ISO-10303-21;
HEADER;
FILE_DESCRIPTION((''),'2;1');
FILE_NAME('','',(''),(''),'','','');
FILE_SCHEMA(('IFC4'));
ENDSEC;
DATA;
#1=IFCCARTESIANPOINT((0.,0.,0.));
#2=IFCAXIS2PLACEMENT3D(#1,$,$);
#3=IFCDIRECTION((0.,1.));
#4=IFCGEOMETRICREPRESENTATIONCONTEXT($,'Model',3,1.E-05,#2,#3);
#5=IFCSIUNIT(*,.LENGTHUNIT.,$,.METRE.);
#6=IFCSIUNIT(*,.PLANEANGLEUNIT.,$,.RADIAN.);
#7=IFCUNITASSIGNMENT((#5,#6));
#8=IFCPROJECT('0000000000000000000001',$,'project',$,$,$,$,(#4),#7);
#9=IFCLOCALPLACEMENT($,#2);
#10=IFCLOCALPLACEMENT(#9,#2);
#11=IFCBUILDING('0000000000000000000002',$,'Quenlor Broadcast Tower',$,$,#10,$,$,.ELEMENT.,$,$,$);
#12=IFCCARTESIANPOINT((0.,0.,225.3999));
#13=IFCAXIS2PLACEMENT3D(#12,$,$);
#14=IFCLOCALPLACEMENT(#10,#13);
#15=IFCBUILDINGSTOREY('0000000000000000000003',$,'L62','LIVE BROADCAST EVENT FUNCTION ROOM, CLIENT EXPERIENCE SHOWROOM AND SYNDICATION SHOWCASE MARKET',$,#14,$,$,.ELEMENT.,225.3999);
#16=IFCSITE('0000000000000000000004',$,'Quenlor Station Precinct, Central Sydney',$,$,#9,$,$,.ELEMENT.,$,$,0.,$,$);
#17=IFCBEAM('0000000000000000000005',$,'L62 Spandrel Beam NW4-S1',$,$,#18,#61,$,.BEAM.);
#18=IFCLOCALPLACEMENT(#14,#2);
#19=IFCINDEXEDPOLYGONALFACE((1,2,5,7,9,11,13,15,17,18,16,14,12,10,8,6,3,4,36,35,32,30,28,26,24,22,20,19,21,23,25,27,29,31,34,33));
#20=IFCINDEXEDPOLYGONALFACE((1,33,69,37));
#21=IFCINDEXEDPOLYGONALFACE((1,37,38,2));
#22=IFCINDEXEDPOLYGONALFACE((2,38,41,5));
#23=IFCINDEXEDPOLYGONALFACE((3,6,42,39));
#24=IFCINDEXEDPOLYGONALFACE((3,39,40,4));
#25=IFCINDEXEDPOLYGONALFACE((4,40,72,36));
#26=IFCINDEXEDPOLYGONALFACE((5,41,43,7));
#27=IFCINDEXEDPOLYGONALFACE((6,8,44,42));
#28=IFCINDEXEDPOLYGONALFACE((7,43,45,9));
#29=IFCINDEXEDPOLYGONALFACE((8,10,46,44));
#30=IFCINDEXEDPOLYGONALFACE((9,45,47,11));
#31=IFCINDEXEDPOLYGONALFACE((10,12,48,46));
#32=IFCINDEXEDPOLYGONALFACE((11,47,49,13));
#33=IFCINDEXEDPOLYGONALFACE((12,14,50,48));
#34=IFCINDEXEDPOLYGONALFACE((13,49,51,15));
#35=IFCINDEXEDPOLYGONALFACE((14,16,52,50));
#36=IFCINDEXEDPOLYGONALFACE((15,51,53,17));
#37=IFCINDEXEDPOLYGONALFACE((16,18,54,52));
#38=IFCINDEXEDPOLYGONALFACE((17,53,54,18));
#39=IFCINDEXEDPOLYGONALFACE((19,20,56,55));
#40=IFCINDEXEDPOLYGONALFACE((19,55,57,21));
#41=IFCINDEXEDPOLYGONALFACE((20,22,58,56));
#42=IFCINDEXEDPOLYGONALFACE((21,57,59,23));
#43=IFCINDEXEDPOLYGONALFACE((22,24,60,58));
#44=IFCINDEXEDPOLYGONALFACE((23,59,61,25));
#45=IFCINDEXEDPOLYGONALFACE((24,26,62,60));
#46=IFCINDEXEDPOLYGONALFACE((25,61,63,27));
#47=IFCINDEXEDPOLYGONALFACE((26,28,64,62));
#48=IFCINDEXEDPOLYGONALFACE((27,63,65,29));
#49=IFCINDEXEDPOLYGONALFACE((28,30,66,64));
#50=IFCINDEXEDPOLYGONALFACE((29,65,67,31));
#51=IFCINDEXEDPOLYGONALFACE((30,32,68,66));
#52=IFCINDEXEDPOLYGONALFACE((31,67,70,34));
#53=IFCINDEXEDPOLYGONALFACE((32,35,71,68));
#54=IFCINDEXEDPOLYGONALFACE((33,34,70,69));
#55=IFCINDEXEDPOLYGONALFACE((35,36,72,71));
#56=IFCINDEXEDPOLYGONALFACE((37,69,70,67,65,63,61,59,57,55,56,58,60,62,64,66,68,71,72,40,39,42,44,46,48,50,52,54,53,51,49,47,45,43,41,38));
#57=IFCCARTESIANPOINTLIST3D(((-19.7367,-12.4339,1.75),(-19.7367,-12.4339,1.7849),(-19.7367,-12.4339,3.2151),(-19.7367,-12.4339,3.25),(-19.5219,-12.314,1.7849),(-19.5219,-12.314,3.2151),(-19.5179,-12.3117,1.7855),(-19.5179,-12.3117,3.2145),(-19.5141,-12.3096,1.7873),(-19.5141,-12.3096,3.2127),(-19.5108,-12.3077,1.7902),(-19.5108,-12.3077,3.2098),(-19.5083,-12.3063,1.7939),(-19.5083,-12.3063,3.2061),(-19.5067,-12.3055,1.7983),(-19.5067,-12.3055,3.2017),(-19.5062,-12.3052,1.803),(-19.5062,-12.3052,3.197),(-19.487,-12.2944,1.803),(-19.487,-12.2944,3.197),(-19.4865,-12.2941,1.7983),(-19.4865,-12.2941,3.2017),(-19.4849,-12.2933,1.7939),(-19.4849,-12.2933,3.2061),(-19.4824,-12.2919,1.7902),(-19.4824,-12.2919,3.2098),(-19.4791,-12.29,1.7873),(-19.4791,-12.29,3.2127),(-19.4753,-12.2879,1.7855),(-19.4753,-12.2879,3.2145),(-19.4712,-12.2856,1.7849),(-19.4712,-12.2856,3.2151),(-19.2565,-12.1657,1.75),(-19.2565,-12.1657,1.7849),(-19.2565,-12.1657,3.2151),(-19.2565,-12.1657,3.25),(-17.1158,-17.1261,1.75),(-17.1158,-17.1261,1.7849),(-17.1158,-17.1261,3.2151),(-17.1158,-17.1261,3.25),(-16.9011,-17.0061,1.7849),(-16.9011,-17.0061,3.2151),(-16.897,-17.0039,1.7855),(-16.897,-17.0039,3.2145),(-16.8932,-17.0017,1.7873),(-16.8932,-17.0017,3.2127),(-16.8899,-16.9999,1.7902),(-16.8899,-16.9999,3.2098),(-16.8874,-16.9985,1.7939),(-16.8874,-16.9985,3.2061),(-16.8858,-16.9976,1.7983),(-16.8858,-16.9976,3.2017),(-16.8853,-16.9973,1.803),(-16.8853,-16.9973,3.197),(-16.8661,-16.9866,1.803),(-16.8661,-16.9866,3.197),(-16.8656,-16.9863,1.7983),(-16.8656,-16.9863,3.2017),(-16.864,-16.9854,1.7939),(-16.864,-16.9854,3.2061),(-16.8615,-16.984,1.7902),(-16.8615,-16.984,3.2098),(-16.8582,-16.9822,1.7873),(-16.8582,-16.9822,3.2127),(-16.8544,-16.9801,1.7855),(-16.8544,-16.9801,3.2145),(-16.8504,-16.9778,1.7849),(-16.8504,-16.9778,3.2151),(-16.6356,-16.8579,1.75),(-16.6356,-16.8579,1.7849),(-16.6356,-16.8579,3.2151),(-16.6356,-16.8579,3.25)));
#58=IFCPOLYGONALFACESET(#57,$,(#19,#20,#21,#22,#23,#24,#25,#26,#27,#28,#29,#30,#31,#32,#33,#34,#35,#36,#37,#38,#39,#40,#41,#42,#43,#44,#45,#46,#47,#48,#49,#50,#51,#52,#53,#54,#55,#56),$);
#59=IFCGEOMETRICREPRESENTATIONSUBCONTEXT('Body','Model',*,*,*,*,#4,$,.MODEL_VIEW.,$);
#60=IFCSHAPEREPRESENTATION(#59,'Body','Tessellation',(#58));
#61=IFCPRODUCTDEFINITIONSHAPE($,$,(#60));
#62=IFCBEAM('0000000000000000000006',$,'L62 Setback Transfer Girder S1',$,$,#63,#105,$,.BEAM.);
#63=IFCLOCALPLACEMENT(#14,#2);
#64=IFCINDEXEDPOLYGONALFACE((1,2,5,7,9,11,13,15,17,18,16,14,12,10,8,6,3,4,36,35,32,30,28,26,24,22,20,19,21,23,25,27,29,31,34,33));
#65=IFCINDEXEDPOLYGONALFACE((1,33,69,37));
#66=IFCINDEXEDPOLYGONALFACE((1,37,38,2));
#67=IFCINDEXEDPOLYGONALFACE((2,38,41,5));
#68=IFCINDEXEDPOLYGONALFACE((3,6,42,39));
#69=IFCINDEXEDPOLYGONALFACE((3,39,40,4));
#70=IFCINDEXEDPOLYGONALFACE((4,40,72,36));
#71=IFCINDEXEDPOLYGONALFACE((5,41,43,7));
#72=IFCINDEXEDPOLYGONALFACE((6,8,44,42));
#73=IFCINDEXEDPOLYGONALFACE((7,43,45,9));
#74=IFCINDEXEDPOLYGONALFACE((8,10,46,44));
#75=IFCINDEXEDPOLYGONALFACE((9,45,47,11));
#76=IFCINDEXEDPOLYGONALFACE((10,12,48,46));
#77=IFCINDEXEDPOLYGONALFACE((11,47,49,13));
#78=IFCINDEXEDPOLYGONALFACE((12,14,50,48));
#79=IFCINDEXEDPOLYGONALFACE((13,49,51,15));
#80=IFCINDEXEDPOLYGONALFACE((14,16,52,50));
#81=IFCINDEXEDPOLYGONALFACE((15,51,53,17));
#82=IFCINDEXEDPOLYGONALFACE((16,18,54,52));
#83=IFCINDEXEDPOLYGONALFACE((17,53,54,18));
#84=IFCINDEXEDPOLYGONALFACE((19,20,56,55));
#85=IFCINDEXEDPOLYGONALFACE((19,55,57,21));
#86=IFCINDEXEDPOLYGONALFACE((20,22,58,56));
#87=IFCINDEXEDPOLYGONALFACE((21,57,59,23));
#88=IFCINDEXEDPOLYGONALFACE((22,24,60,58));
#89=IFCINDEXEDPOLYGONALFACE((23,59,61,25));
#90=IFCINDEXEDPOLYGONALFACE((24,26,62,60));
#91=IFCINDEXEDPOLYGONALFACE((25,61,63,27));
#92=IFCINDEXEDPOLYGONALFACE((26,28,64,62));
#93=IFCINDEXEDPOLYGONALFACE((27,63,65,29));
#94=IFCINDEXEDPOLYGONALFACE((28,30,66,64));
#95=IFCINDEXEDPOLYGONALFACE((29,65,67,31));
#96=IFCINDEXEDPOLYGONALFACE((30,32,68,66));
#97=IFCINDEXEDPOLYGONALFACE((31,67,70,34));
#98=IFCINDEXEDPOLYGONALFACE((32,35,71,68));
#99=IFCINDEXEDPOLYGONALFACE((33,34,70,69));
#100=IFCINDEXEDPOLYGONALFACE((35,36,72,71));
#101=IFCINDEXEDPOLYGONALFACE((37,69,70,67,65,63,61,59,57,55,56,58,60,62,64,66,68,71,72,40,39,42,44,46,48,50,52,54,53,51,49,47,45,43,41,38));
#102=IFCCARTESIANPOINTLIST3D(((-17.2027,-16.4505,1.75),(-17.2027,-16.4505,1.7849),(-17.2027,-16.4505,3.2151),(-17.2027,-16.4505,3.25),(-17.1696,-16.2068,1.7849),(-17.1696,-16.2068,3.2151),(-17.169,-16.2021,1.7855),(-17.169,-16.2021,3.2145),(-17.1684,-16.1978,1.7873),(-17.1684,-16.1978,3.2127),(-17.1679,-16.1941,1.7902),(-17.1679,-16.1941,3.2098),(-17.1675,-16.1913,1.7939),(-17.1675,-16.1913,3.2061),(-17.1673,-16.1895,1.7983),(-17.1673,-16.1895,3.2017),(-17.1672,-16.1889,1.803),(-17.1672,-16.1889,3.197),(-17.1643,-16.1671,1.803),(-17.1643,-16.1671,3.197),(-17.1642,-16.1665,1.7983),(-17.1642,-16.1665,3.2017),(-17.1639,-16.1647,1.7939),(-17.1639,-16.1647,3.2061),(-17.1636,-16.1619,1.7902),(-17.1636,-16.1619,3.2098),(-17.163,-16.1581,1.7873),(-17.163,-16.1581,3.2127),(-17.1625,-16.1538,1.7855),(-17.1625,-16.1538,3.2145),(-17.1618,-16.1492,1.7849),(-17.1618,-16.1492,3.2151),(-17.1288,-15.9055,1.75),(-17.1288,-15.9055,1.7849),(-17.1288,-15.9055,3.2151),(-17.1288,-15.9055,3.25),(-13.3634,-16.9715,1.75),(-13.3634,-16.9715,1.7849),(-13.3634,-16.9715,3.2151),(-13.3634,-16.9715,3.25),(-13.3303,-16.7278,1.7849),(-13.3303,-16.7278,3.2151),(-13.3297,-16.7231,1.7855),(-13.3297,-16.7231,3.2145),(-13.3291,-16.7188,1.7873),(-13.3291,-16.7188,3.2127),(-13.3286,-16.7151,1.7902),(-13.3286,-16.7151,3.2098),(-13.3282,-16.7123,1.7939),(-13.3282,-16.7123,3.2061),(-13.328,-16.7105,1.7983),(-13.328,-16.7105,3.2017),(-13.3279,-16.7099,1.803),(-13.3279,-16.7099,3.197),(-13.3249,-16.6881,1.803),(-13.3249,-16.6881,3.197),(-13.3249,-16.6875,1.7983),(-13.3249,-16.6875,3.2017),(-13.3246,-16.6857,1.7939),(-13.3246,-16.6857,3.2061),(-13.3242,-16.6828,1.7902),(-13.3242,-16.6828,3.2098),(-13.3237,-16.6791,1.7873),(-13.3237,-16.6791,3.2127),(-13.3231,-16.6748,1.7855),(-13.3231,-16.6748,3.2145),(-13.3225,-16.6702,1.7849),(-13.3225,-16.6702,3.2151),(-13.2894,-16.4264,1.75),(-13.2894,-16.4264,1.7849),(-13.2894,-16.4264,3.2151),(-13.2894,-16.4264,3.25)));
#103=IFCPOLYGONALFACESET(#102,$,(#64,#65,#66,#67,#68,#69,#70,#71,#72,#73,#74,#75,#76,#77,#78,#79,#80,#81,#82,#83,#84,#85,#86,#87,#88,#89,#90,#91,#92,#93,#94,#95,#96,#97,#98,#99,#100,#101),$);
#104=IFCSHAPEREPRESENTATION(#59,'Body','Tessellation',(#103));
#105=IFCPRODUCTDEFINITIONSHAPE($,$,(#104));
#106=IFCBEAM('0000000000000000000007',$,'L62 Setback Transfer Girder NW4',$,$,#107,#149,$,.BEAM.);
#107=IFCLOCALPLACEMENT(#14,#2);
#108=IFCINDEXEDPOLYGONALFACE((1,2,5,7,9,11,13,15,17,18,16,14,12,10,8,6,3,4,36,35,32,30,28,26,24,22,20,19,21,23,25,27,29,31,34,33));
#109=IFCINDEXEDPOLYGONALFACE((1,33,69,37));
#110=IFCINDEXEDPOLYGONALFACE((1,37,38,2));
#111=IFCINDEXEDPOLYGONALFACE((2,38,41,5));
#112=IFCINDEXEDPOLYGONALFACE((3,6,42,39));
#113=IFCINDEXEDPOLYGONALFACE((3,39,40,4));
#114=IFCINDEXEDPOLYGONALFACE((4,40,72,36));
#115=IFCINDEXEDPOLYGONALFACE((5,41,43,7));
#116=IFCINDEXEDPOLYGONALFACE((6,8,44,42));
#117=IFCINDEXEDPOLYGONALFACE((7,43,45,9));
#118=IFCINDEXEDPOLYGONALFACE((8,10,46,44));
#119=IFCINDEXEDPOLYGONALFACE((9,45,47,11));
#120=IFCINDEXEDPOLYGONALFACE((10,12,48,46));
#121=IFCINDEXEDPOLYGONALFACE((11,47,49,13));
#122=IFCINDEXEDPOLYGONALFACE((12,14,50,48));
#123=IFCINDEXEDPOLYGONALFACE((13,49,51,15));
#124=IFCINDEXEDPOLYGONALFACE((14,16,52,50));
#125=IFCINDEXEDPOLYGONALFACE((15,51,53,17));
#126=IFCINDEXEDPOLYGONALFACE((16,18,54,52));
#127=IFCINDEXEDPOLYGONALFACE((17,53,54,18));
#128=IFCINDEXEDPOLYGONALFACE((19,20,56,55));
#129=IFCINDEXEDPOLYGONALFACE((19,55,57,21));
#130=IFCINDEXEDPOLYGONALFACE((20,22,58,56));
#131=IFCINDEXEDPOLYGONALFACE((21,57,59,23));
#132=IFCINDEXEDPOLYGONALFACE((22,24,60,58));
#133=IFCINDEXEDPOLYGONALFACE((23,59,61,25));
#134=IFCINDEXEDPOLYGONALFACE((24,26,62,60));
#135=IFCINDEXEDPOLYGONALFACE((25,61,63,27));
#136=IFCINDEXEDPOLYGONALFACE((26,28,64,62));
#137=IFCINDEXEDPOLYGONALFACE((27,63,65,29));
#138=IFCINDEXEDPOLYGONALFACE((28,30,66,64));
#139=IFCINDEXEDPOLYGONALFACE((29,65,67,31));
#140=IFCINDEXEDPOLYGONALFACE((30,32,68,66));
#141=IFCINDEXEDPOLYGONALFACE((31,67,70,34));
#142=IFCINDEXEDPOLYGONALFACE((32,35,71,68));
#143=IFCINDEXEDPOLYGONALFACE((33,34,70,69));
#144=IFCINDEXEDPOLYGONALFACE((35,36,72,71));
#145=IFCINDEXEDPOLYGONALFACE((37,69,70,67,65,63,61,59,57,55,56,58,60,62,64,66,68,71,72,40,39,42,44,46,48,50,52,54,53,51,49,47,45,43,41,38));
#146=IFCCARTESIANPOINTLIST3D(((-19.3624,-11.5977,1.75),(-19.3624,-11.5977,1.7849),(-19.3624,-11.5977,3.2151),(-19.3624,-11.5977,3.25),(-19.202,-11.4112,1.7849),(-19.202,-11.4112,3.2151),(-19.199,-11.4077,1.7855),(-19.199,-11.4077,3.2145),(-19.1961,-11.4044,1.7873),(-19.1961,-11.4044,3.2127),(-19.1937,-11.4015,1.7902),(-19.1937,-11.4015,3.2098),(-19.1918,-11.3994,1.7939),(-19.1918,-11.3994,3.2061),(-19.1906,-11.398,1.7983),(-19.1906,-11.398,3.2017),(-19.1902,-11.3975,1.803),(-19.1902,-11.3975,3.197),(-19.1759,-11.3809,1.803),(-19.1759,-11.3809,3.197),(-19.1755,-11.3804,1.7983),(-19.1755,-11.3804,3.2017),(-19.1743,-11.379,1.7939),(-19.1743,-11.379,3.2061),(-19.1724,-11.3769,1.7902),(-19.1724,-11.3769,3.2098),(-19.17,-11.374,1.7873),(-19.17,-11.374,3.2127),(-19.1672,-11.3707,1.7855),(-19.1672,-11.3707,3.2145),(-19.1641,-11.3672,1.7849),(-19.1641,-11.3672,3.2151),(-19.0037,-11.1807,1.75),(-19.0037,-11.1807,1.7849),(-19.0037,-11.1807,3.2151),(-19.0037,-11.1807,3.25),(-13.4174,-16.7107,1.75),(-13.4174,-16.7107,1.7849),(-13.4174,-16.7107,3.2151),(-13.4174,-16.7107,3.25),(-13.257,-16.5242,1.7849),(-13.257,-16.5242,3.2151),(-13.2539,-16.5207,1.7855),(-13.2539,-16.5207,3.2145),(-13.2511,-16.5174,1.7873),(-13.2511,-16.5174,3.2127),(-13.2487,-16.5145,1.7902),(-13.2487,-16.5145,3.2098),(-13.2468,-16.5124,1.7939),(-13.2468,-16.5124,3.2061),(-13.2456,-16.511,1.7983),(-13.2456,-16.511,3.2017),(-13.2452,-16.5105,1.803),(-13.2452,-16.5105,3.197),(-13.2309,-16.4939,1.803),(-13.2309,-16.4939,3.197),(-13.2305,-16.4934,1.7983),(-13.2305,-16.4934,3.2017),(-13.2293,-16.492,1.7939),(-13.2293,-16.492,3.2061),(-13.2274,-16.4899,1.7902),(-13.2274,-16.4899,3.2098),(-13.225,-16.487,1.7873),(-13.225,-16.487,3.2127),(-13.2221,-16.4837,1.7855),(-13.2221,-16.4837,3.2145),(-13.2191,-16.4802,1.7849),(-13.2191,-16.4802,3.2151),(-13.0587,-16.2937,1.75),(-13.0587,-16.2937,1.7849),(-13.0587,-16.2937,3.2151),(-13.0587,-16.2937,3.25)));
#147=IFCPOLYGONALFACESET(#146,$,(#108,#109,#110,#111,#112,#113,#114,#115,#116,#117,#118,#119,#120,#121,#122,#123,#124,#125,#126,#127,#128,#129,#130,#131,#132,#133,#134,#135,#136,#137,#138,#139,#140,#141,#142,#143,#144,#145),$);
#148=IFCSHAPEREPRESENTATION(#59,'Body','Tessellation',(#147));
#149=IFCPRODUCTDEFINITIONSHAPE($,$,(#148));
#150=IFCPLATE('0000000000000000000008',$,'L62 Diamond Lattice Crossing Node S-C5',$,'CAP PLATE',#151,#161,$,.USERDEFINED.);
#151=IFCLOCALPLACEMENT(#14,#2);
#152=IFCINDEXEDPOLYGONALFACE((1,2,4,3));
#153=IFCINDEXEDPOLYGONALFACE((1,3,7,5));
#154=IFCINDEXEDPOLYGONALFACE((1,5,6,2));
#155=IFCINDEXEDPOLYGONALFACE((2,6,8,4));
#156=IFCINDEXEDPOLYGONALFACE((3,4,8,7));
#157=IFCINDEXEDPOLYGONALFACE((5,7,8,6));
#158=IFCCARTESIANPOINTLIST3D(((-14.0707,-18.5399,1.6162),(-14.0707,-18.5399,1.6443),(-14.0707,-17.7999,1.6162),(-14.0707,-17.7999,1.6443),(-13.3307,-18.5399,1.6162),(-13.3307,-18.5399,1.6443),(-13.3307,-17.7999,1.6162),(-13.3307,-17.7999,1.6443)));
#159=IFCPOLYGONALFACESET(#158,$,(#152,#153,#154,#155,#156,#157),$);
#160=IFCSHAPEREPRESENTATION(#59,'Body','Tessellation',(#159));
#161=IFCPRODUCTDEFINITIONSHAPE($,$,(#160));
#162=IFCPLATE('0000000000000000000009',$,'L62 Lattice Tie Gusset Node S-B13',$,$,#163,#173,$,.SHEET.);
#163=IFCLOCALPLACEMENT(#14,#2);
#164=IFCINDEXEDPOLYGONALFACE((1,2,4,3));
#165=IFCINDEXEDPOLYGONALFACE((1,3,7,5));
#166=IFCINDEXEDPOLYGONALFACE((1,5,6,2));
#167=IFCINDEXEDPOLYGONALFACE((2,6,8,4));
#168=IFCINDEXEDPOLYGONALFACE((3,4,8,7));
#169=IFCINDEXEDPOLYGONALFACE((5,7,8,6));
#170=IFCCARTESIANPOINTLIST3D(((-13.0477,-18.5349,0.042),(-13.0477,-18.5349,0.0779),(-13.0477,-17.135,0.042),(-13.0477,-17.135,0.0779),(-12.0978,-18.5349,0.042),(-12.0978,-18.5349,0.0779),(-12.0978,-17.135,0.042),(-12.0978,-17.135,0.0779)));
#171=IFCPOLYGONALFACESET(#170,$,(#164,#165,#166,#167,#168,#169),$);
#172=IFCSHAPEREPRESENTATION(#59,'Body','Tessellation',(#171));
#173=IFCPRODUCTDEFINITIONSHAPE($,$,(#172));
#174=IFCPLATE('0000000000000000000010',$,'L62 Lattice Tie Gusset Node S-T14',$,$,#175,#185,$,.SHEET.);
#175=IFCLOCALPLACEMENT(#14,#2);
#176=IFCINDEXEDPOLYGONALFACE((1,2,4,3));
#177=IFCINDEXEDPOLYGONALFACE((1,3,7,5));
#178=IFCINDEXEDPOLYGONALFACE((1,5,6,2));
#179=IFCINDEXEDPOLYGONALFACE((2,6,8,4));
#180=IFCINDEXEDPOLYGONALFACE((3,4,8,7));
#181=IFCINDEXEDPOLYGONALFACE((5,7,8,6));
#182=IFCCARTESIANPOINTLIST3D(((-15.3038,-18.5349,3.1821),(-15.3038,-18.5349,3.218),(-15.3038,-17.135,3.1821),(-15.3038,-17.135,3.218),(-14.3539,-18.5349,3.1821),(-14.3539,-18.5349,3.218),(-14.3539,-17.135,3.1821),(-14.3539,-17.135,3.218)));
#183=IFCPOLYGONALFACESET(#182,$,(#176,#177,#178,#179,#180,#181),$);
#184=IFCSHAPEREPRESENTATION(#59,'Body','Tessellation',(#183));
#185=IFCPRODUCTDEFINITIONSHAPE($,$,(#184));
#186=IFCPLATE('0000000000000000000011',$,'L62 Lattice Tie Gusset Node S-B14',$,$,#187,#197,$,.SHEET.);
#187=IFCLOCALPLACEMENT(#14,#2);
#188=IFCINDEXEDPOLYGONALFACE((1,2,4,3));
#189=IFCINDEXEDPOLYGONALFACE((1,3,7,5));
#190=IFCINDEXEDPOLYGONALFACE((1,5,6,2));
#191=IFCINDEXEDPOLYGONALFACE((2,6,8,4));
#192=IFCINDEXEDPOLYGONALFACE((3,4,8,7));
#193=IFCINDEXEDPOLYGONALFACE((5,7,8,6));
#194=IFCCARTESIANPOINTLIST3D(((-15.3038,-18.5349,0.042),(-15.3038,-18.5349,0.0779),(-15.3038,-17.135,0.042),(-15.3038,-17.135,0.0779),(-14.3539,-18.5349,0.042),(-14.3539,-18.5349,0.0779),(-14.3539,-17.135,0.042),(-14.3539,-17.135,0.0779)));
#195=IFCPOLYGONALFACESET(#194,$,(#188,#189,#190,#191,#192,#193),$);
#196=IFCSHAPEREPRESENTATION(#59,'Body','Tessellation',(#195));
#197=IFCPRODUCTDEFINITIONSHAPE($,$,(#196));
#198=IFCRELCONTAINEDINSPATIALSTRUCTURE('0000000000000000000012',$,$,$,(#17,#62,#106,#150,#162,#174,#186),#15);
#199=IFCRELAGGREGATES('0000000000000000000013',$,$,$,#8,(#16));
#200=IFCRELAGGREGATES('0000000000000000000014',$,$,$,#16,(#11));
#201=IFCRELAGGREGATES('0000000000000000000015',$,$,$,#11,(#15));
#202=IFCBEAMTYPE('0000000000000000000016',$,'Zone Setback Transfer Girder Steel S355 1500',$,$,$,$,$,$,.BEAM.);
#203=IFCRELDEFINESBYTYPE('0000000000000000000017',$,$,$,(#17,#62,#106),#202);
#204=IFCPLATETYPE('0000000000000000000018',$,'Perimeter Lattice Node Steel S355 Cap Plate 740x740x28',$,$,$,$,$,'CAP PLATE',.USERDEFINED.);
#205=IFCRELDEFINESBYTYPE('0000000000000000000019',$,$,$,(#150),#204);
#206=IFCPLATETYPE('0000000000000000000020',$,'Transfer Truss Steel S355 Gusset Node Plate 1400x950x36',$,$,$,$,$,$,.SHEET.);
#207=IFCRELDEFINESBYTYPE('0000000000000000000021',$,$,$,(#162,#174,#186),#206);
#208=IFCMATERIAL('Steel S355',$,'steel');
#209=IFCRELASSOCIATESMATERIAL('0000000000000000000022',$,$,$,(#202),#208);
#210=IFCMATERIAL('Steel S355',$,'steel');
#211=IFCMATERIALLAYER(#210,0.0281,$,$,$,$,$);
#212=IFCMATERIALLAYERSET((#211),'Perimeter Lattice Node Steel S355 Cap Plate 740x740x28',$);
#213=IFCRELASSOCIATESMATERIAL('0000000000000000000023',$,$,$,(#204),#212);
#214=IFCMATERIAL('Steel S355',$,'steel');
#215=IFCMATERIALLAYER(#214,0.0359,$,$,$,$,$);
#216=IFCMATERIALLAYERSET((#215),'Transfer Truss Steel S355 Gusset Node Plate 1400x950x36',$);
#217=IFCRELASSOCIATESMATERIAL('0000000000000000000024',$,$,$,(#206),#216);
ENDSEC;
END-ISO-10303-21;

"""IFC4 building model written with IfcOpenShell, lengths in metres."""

from ifc_helpers import new_model, si_unit, direction, frame, origin, origin_2d, place, context, subcontext, project, spatial, rectangle, i_section, extrude, material, layer, layer_set, material_profile, profile_set, type_object, element, save


model = new_model("IFC4")

# Units and contexts
model_context = context("Model", 3, precision=1e-05, world=origin(), true_north=direction((0.0, 1.0)))
body_context = subcontext(model_context, "Body", "Model", "MODEL_VIEW")
ifc_project = project(units=[si_unit("LENGTHUNIT", "METRE"), si_unit("PLANEANGLEUNIT", "RADIAN")], contexts=[model_context])

# Site, building, storey
site_placement = place(None, origin())
site = spatial("IfcSite", under=ifc_project, at=site_placement, Name="Quenlor Station Precinct, Central Sydney", CompositionType="ELEMENT", RefElevation=0.0)
building_placement = place(site_placement, origin())
building = spatial("IfcBuilding", under=site, at=building_placement, Name="Quenlor Broadcast Tower", CompositionType="ELEMENT")
storey_placement = place(building_placement, frame((0.0, 0.0, 225.3999)))
storey = spatial("IfcBuildingStorey", under=building, at=storey_placement, Name="L62", Description="LIVE BROADCAST EVENT FUNCTION ROOM, CLIENT EXPERIENCE SHOWROOM AND SYNDICATION SHOWCASE MARKET", CompositionType="ELEMENT", Elevation=225.3999)

# Beams
ifc_material_1 = material(Name="Steel S355", Category="steel")
ifc_material_profile_1 = material_profile(ifc_material_1, i_section(OverallWidth=0.55, OverallDepth=1.5, WebThickness=0.022, FlangeThickness=0.0349, FilletRadius=0.0181, at=origin_2d()))
ifc_profile_set_1 = profile_set([ifc_material_profile_1], Name="Steel S355 1500TG510")
beam_type_1 = type_object("IfcBeamType", Name="Zone Setback Transfer Girder Steel S355 1500", PredefinedType="BEAM", material=ifc_profile_set_1)
beam_1_placement = place(storey_placement, frame((-19.4966, -12.2998, 2.5), z_axis=(0.487647, -0.873041, 0.0), x_axis=(0.873041, 0.487647, 0.0)))
element("IfcBeam", 1, at=beam_1_placement, inside=storey, type_object=beam_type_1, Name="L62 Spandrel Beam NW4-S1", PredefinedType="BEAM", context=body_context, shape_type="SweptSolid", body=[
    extrude(i_section(OverallWidth=0.55, OverallDepth=1.5, WebThickness=0.022, FlangeThickness=0.0349, FilletRadius=0.0181, at=origin_2d()), origin(), (0.0, 0.0, 1.0), 5.3745),
])
beam_2_placement = place(storey_placement, frame((-13.3264, -16.699, 2.5), z_axis=(-0.990918, 0.134466, 0.0), x_axis=(-0.134466, -0.990918, 0.0)))
element("IfcBeam", 2, at=beam_2_placement, inside=storey, type_object=beam_type_1, Name="L62 Setback Transfer Girder S1", PredefinedType="BEAM", context=body_context, shape_type="SweptSolid", body=[
    extrude(i_section(OverallWidth=0.55, OverallDepth=1.5, WebThickness=0.022, FlangeThickness=0.0349, FilletRadius=0.0181, at=origin_2d()), origin(), (0.0, 0.0, 1.0), 3.8745),
])
beam_3_placement = place(storey_placement, frame((-13.238, -16.5022, 2.5), z_axis=(-0.758168, 0.65206, 0.0), x_axis=(-0.65206, -0.758168, 0.0)))
element("IfcBeam", 3, at=beam_3_placement, inside=storey, type_object=beam_type_1, Name="L62 Setback Transfer Girder NW4", PredefinedType="BEAM", context=body_context, shape_type="SweptSolid", body=[
    extrude(i_section(OverallWidth=0.55, OverallDepth=1.5, WebThickness=0.022, FlangeThickness=0.0349, FilletRadius=0.0181, at=origin_2d()), origin(), (0.0, 0.0, 1.0), 7.8413),
])

# Plates
ifc_material_2 = material(Name="Steel S355", Category="steel")
ifc_layer_1 = layer(ifc_material_2, 0.0281)
ifc_layer_set_1 = layer_set([ifc_layer_1], Name="Perimeter Lattice Node Steel S355 Cap Plate 740x740x28")
plate_type_1 = type_object("IfcPlateType", Name="Perimeter Lattice Node Steel S355 Cap Plate 740x740x28", ElementType="CAP PLATE", PredefinedType="USERDEFINED", material=ifc_layer_set_1)
plate_placement = place(storey_placement, frame((-13.7007, -18.1699, 1.6162), z_axis=(0.0, 0.0, 1.0), x_axis=(-1.0, 0.0, 0.0)))
element("IfcPlate", 4, at=plate_placement, inside=storey, type_object=plate_type_1, Name="L62 Diamond Lattice Crossing Node S-C5", ObjectType="CAP PLATE", PredefinedType="USERDEFINED", context=body_context, shape_type="SweptSolid", body=[
    extrude(rectangle(XDim=0.74, YDim=0.74, at=origin_2d()), origin(), (0.0, 0.0, 1.0), 0.0281),
])
ifc_material_3 = material(Name="Steel S355", Category="steel")
ifc_layer_2 = layer(ifc_material_3, 0.0359)
ifc_layer_set_2 = layer_set([ifc_layer_2], Name="Transfer Truss Steel S355 Gusset Node Plate 1400x950x36")
plate_type_2 = type_object("IfcPlateType", Name="Transfer Truss Steel S355 Gusset Node Plate 1400x950x36", PredefinedType="SHEET", material=ifc_layer_set_2)
for number, where, z_axis, x_axis, name in (
    (5, (-12.5728, -17.835, 0.042), (0.0, 0.0, 1.0), (0.0, -1.0, 0.0), "L62 Lattice Tie Gusset Node S-B13"),
    (6, (-14.8289, -17.835, 3.1821), (0.0, 0.0, 1.0), (0.0, -1.0, 0.0), "L62 Lattice Tie Gusset Node S-T14"),
    (7, (-14.8289, -17.835, 0.042), (0.0, 0.0, 1.0), (0.0, -1.0, 0.0), "L62 Lattice Tie Gusset Node S-B14"),
):
    element("IfcPlate", number, at=place(storey_placement, frame(where, z_axis=z_axis, x_axis=x_axis)), inside=storey, type_object=plate_type_2, Name=name, PredefinedType="SHEET", context=body_context, shape_type="SweptSolid", body=[
        extrude(rectangle(XDim=1.3999, YDim=0.95, at=origin_2d()), origin(), (0.0, 0.0, 1.0), 0.0359),
    ])

save(model, "model.ifc")
